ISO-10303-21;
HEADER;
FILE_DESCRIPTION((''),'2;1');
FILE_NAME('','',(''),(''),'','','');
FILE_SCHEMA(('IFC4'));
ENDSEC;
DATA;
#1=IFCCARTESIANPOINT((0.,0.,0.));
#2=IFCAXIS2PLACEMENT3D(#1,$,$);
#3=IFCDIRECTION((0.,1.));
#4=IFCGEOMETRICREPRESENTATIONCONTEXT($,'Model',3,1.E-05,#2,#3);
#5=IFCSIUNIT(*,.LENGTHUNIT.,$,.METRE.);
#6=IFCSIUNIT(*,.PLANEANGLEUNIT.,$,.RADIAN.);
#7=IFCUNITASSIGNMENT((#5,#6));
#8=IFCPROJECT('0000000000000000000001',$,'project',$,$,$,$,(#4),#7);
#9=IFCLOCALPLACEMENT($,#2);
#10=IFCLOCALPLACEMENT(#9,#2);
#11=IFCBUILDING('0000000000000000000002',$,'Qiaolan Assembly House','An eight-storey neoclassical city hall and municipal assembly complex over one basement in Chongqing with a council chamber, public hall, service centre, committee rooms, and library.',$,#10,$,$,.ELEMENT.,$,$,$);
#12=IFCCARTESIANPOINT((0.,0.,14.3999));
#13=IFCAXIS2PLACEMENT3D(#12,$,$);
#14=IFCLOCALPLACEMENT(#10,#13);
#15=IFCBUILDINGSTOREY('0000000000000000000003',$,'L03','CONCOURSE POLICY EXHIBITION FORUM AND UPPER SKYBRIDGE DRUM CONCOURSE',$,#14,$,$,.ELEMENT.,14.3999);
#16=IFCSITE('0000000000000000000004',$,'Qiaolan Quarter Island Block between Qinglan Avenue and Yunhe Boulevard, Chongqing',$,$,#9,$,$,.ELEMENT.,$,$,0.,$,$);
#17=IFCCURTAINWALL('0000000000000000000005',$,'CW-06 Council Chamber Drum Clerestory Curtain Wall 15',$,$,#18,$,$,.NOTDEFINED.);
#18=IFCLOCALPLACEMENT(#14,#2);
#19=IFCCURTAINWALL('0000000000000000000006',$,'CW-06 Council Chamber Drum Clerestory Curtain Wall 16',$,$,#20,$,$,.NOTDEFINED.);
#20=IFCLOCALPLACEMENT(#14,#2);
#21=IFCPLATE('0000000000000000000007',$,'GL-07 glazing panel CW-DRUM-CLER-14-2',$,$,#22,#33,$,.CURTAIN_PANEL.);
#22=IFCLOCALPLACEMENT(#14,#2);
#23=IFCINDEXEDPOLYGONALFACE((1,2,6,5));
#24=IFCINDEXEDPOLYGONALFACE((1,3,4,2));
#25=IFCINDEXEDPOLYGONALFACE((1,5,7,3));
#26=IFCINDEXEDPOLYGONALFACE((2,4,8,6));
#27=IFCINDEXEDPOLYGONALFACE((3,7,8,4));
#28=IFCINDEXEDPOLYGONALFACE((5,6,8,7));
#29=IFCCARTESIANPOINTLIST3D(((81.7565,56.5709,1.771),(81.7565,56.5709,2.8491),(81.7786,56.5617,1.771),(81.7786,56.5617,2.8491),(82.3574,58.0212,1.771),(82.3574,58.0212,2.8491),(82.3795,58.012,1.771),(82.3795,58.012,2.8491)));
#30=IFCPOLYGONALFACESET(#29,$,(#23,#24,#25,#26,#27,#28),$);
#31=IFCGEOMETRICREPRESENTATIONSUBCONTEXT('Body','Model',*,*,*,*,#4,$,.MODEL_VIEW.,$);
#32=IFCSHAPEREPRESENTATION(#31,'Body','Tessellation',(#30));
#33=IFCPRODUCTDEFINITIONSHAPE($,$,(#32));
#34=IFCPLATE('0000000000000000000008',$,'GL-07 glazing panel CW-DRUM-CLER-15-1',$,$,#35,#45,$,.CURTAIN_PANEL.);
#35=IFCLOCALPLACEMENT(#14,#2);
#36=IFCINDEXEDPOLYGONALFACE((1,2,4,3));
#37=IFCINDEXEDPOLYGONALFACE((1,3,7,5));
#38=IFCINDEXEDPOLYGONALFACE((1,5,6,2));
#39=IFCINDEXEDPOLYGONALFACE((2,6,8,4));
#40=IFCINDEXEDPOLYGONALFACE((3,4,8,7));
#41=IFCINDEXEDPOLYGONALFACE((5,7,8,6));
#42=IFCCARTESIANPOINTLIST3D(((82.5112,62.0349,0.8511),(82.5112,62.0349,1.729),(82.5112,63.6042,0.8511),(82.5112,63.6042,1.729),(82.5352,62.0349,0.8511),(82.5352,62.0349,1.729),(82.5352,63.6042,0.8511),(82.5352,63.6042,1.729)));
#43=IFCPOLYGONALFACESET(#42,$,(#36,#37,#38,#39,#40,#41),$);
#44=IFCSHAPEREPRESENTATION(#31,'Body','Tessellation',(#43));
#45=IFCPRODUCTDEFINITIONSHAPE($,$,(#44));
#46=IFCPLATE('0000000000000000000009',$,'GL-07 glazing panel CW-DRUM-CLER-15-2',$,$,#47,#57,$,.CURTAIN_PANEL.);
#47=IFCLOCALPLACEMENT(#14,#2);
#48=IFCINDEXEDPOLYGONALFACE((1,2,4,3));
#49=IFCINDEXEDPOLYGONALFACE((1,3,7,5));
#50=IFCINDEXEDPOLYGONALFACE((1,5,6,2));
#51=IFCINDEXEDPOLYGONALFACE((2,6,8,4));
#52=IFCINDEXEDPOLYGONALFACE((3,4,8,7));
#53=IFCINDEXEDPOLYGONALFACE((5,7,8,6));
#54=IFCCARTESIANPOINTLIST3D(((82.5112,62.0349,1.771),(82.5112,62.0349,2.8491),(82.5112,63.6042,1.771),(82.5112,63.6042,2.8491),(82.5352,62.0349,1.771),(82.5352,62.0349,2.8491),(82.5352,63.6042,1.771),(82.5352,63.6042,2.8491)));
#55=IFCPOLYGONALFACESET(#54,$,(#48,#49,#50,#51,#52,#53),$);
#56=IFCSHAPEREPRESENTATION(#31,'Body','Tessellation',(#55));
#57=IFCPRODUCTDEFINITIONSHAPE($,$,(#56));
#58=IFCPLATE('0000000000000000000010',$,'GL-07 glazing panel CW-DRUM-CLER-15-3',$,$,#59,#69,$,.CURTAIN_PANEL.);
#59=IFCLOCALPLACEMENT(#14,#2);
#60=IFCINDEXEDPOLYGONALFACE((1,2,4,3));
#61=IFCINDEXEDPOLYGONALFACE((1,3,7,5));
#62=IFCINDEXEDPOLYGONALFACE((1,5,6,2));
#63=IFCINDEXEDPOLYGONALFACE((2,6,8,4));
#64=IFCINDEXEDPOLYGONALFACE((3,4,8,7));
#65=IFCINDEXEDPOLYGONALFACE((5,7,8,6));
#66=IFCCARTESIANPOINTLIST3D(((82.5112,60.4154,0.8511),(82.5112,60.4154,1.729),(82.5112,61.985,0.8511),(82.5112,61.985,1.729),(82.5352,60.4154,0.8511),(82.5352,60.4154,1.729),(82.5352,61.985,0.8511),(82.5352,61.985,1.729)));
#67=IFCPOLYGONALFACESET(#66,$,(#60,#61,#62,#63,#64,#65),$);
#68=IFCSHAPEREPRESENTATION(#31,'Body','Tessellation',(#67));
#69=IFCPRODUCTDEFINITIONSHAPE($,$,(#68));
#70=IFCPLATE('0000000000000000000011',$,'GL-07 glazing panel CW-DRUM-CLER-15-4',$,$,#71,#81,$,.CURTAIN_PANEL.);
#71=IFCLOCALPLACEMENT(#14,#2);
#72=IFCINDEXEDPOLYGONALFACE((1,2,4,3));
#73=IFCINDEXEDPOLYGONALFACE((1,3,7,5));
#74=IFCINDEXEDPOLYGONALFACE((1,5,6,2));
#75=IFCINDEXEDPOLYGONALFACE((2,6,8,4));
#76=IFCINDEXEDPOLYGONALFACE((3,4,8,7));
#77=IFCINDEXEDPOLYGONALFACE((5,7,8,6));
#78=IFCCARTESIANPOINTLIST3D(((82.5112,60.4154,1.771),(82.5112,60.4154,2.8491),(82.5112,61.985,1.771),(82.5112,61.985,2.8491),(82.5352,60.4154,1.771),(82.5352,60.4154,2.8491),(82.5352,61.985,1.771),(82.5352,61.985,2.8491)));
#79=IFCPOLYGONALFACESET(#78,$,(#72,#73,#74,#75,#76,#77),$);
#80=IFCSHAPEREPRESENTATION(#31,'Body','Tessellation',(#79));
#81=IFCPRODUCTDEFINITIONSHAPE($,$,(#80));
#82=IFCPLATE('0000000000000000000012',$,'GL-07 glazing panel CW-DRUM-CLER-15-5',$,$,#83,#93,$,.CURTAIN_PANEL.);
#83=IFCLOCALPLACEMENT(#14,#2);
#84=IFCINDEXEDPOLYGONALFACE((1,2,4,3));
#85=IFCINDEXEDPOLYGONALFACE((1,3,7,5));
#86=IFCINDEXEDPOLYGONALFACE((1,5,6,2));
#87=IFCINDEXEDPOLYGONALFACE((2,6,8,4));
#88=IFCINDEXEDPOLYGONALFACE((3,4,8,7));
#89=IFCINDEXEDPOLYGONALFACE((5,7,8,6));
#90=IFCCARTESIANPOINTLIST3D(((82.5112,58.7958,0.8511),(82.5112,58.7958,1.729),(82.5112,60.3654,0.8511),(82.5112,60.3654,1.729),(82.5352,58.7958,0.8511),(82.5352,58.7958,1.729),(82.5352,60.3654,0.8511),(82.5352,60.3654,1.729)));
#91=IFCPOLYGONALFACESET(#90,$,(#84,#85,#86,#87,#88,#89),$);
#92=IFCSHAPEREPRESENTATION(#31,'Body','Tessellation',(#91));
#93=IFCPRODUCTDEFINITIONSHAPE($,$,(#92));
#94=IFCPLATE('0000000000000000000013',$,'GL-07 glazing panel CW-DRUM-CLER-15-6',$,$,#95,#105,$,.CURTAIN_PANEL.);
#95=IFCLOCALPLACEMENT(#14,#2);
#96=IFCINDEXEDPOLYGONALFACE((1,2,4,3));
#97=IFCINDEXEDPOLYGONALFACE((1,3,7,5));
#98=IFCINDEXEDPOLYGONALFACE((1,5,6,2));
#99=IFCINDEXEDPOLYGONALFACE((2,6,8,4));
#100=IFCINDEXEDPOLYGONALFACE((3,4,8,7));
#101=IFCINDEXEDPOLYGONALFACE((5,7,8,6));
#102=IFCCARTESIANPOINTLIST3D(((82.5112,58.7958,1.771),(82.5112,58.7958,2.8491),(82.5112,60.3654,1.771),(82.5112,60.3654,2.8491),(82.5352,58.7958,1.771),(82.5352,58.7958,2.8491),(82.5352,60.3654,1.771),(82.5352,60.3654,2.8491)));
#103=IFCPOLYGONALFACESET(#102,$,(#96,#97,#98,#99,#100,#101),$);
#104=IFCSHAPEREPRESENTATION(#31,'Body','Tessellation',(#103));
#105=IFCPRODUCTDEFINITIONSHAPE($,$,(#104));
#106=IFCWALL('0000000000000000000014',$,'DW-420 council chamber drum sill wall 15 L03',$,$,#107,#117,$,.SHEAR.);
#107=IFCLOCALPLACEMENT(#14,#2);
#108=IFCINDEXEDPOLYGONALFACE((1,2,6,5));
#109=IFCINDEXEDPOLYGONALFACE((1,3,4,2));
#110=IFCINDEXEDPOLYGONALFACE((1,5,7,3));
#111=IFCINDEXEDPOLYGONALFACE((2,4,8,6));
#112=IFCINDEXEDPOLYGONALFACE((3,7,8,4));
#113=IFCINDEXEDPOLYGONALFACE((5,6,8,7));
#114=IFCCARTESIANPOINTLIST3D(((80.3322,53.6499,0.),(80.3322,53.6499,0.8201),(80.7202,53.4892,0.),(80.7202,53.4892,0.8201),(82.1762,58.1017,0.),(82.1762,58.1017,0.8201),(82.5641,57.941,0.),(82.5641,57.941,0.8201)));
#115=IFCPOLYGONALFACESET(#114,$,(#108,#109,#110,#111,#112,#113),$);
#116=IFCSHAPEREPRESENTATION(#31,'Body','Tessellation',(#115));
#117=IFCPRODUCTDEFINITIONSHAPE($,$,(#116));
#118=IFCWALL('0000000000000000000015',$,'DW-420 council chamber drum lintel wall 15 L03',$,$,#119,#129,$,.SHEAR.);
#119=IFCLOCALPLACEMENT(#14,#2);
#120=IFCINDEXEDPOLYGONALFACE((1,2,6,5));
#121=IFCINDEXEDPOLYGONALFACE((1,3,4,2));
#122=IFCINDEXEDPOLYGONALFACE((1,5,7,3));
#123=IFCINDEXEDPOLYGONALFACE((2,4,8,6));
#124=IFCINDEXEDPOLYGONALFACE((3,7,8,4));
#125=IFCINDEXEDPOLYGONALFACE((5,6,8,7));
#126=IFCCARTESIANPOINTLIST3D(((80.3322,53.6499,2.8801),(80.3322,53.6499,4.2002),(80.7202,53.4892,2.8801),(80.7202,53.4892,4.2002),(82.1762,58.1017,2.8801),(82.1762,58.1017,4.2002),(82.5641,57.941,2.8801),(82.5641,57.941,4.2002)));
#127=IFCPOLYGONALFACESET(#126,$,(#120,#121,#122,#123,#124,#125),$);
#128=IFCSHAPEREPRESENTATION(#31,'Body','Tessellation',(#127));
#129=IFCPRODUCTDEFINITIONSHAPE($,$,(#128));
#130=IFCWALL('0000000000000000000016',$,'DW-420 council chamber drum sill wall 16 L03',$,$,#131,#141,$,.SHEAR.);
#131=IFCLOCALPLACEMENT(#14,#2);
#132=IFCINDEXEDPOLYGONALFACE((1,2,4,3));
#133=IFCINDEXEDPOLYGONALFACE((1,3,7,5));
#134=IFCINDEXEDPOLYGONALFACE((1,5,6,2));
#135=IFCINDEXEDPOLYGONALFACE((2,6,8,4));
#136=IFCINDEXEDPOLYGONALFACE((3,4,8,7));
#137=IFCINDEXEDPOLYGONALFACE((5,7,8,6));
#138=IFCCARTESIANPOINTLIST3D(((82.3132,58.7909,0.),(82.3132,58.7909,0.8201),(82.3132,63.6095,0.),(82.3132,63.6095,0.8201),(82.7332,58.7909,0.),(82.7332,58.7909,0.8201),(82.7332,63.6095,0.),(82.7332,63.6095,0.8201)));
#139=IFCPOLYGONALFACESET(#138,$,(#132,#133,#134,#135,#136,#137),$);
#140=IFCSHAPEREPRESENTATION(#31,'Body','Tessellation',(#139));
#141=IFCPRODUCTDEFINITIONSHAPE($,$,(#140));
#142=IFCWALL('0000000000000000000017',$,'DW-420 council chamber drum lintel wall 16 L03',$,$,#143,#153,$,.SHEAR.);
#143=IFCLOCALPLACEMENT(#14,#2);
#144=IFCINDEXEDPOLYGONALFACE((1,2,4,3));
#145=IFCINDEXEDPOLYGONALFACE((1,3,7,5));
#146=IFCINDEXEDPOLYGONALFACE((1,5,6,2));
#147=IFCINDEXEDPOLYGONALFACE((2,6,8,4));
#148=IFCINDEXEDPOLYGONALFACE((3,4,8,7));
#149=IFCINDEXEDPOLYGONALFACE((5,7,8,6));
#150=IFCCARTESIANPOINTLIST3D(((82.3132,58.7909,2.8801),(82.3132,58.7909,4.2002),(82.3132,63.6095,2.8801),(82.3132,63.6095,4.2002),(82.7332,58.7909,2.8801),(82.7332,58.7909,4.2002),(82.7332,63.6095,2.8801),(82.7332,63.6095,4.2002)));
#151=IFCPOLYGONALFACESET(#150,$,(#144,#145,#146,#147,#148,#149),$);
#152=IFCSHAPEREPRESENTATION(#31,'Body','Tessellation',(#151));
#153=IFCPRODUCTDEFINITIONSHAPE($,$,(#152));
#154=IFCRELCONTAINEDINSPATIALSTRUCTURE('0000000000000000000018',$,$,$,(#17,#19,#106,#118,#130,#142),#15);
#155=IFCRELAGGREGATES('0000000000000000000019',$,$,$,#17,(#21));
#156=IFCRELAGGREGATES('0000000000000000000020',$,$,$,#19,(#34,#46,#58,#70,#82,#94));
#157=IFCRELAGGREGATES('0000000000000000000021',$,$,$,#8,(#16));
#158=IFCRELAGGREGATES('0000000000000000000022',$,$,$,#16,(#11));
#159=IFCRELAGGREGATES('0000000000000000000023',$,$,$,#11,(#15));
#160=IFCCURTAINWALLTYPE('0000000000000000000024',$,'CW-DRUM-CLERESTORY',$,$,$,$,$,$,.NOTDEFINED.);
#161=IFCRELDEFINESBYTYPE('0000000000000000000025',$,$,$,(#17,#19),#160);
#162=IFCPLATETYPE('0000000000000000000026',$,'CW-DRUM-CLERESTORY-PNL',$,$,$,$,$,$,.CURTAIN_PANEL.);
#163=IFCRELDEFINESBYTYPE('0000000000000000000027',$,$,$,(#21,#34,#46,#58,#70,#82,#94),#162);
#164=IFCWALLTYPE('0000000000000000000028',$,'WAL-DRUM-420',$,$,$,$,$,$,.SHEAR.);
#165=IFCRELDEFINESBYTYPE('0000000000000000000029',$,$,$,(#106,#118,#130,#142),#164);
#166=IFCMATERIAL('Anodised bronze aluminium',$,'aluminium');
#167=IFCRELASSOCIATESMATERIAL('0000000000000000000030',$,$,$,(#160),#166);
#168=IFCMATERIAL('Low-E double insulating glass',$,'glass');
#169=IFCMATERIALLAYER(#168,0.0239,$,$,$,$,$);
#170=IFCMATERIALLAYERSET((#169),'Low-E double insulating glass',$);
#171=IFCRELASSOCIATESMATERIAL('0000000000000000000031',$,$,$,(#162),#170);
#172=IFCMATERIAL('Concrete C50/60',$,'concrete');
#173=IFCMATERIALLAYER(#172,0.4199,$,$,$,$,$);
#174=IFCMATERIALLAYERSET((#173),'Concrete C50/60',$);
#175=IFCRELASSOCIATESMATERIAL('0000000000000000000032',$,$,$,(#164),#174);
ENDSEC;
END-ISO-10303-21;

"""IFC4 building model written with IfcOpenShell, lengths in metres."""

from ifc_helpers import new_model, si_unit, direction, frame, frame_2d, origin, place, context, subcontext, project, spatial, rectangle, extrude, material, layer, layer_set, type_object, element, aggregate, save


model = new_model("IFC4")

# Units and contexts
model_context = context("Model", 3, precision=1e-05, world=origin(), true_north=direction((0.0, 1.0)))
body_context = subcontext(model_context, "Body", "Model", "MODEL_VIEW")
ifc_project = project(units=[si_unit("LENGTHUNIT", "METRE"), si_unit("PLANEANGLEUNIT", "RADIAN")], contexts=[model_context])

# Site, building, storey
site_placement = place(None, origin())
site = spatial("IfcSite", under=ifc_project, at=site_placement, Name="Qiaolan Quarter Island Block between Qinglan Avenue and Yunhe Boulevard, Chongqing", CompositionType="ELEMENT", RefElevation=0.0)
building_placement = place(site_placement, origin())
building = spatial("IfcBuilding", under=site, at=building_placement, Name="Qiaolan Assembly House", Description="An eight-storey neoclassical city hall and municipal assembly complex over one basement in Chongqing with a council chamber, public hall, service centre, committee rooms, and library.", CompositionType="ELEMENT")
storey_placement = place(building_placement, frame((0.0, 0.0, 14.3999)))
storey = spatial("IfcBuildingStorey", under=building, at=storey_placement, Name="L03", Description="CONCOURSE POLICY EXHIBITION FORUM AND UPPER SKYBRIDGE DRUM CONCOURSE", CompositionType="ELEMENT", Elevation=14.3999)

# Curtain wall
ifc_material_1 = material(Name="Anodised bronze aluminium", Category="aluminium")
curtain_wall_type = type_object("IfcCurtainWallType", Name="CW-DRUM-CLERESTORY", PredefinedType="NOTDEFINED", material=ifc_material_1)
curtain_wall_1_placement = place(storey_placement, origin())
curtain_wall_1 = element("IfcCurtainWall", 1, at=curtain_wall_1_placement, inside=storey, type_object=curtain_wall_type, Name="CW-06 Council Chamber Drum Clerestory Curtain Wall 15", PredefinedType="NOTDEFINED")

# Curtain wall
curtain_wall_2_placement = place(storey_placement, origin())
curtain_wall_2 = element("IfcCurtainWall", 2, at=curtain_wall_2_placement, inside=storey, type_object=curtain_wall_type, Name="CW-06 Council Chamber Drum Clerestory Curtain Wall 16", PredefinedType="NOTDEFINED")

# Plates
ifc_material_2 = material(Name="Low-E double insulating glass", Category="glass")
ifc_layer_1 = layer(ifc_material_2, 0.0239)
ifc_layer_set_1 = layer_set([ifc_layer_1], Name="Low-E double insulating glass")
plate_type = type_object("IfcPlateType", Name="CW-DRUM-CLERESTORY-PNL", PredefinedType="CURTAIN_PANEL", material=ifc_layer_set_1)
plate_1_placement = place(storey_placement, frame((82.3684, 58.0166, 1.771), z_axis=(0.0, 0.0, 1.0), x_axis=(-0.382759, -0.923848, 0.0)))
plate_1 = element("IfcPlate", 3, at=plate_1_placement, type_object=plate_type, Name="GL-07 glazing panel CW-DRUM-CLER-14-2", PredefinedType="CURTAIN_PANEL", context=body_context, shape_type="SweptSolid", body=[
    extrude(rectangle(XDim=1.5698, YDim=0.0239, at=frame_2d((0.7849, 0.0))), origin(), (0.0, 0.0, 1.0), 1.0781),
])
aggregate(curtain_wall_1, [plate_1])
plate_2_placement = place(storey_placement, frame((82.5232, 63.6042, 0.8511), z_axis=(0.0, 0.0, 1.0), x_axis=(0.0, -1.0, 0.0)))
plate_2 = element("IfcPlate", 4, at=plate_2_placement, type_object=plate_type, Name="GL-07 glazing panel CW-DRUM-CLER-15-1", PredefinedType="CURTAIN_PANEL", context=body_context, shape_type="SweptSolid", body=[
    extrude(rectangle(XDim=1.5693, YDim=0.0239, at=frame_2d((0.7847, 0.0))), origin(), (0.0, 0.0, 1.0), 0.8779),
])
plate_3_placement = place(storey_placement, frame((82.5232, 63.6042, 1.771), z_axis=(0.0, 0.0, 1.0), x_axis=(0.0, -1.0, 0.0)))
plate_3 = element("IfcPlate", 5, at=plate_3_placement, type_object=plate_type, Name="GL-07 glazing panel CW-DRUM-CLER-15-2", PredefinedType="CURTAIN_PANEL", context=body_context, shape_type="SweptSolid", body=[
    extrude(rectangle(XDim=1.5693, YDim=0.0239, at=frame_2d((0.7847, 0.0))), origin(), (0.0, 0.0, 1.0), 1.0781),
])
plate_4_placement = place(storey_placement, frame((82.5232, 61.9849, 0.8511), z_axis=(0.0, 0.0, 1.0), x_axis=(0.0, -1.0, 0.0)))
plate_4 = element("IfcPlate", 6, at=plate_4_placement, type_object=plate_type, Name="GL-07 glazing panel CW-DRUM-CLER-15-3", PredefinedType="CURTAIN_PANEL", context=body_context, shape_type="SweptSolid", body=[
    extrude(rectangle(XDim=1.5696, YDim=0.0239, at=frame_2d((0.7847, 0.0))), origin(), (0.0, 0.0, 1.0), 0.8779),
])
plate_5_placement = place(storey_placement, frame((82.5232, 61.9849, 1.771), z_axis=(0.0, 0.0, 1.0), x_axis=(0.0, -1.0, 0.0)))
plate_5 = element("IfcPlate", 7, at=plate_5_placement, type_object=plate_type, Name="GL-07 glazing panel CW-DRUM-CLER-15-4", PredefinedType="CURTAIN_PANEL", context=body_context, shape_type="SweptSolid", body=[
    extrude(rectangle(XDim=1.5696, YDim=0.0239, at=frame_2d((0.7847, 0.0))), origin(), (0.0, 0.0, 1.0), 1.0781),
])
plate_6_placement = place(storey_placement, frame((82.5232, 60.3652, 0.8511), z_axis=(0.0, 0.0, 1.0), x_axis=(0.0, -1.0, 0.0)))
plate_6 = element("IfcPlate", 8, at=plate_6_placement, type_object=plate_type, Name="GL-07 glazing panel CW-DRUM-CLER-15-5", PredefinedType="CURTAIN_PANEL", context=body_context, shape_type="SweptSolid", body=[
    extrude(rectangle(XDim=1.5696, YDim=0.0239, at=frame_2d((0.7847, 0.0))), origin(), (0.0, 0.0, 1.0), 0.8779),
])
plate_7_placement = place(storey_placement, frame((82.5232, 60.3652, 1.771), z_axis=(0.0, 0.0, 1.0), x_axis=(0.0, -1.0, 0.0)))
plate_7 = element("IfcPlate", 9, at=plate_7_placement, type_object=plate_type, Name="GL-07 glazing panel CW-DRUM-CLER-15-6", PredefinedType="CURTAIN_PANEL", context=body_context, shape_type="SweptSolid", body=[
    extrude(rectangle(XDim=1.5696, YDim=0.0239, at=frame_2d((0.7847, 0.0))), origin(), (0.0, 0.0, 1.0), 1.0781),
])
aggregate(curtain_wall_2, [plate_2, plate_3, plate_4, plate_5, plate_6, plate_7])

# Walls
ifc_material_3 = material(Name="Concrete C50/60", Category="concrete")
ifc_layer_2 = layer(ifc_material_3, 0.4199)
ifc_layer_set_2 = layer_set([ifc_layer_2], Name="Concrete C50/60")
wall_type = type_object("IfcWallType", Name="WAL-DRUM-420", PredefinedType="SHEAR", material=ifc_layer_set_2)
wall_1_placement = place(storey_placement, frame((82.3701, 58.0212, 0.0), z_axis=(0.0, 0.0, 1.0), x_axis=(-0.382675, -0.923883, 0.0)))
element("IfcWall", 10, at=wall_1_placement, inside=storey, type_object=wall_type, Name="DW-420 council chamber drum sill wall 15 L03", PredefinedType="SHEAR", context=body_context, shape_type="SweptSolid", body=[
    extrude(rectangle(XDim=4.8186, YDim=0.4199, at=frame_2d((2.4092, 0.0))), origin(), (0.0, 0.0, 1.0), 0.8201),
])
wall_2_placement = place(storey_placement, frame((82.3701, 58.0212, 2.8801), z_axis=(0.0, 0.0, 1.0), x_axis=(-0.382675, -0.923883, 0.0)))
element("IfcWall", 11, at=wall_2_placement, inside=storey, type_object=wall_type, Name="DW-420 council chamber drum lintel wall 15 L03", PredefinedType="SHEAR", context=body_context, shape_type="SweptSolid", body=[
    extrude(rectangle(XDim=4.8186, YDim=0.4199, at=frame_2d((2.4092, 0.0))), origin(), (0.0, 0.0, 1.0), 1.3201),
])
wall_3_placement = place(storey_placement, frame((82.5232, 63.6094, 0.0), z_axis=(0.0, 0.0, 1.0), x_axis=(0.0, -1.0, 0.0)))
element("IfcWall", 12, at=wall_3_placement, inside=storey, type_object=wall_type, Name="DW-420 council chamber drum sill wall 16 L03", PredefinedType="SHEAR", context=body_context, shape_type="SweptSolid", body=[
    extrude(rectangle(XDim=4.8186, YDim=0.4199, at=frame_2d((2.4092, 0.0))), origin(), (0.0, 0.0, 1.0), 0.8201),
])
wall_4_placement = place(storey_placement, frame((82.5232, 63.6094, 2.8801), z_axis=(0.0, 0.0, 1.0), x_axis=(0.0, -1.0, 0.0)))
element("IfcWall", 13, at=wall_4_placement, inside=storey, type_object=wall_type, Name="DW-420 council chamber drum lintel wall 16 L03", PredefinedType="SHEAR", context=body_context, shape_type="SweptSolid", body=[
    extrude(rectangle(XDim=4.8186, YDim=0.4199, at=frame_2d((2.4092, 0.0))), origin(), (0.0, 0.0, 1.0), 1.3201),
])

save(model, "model.ifc")
